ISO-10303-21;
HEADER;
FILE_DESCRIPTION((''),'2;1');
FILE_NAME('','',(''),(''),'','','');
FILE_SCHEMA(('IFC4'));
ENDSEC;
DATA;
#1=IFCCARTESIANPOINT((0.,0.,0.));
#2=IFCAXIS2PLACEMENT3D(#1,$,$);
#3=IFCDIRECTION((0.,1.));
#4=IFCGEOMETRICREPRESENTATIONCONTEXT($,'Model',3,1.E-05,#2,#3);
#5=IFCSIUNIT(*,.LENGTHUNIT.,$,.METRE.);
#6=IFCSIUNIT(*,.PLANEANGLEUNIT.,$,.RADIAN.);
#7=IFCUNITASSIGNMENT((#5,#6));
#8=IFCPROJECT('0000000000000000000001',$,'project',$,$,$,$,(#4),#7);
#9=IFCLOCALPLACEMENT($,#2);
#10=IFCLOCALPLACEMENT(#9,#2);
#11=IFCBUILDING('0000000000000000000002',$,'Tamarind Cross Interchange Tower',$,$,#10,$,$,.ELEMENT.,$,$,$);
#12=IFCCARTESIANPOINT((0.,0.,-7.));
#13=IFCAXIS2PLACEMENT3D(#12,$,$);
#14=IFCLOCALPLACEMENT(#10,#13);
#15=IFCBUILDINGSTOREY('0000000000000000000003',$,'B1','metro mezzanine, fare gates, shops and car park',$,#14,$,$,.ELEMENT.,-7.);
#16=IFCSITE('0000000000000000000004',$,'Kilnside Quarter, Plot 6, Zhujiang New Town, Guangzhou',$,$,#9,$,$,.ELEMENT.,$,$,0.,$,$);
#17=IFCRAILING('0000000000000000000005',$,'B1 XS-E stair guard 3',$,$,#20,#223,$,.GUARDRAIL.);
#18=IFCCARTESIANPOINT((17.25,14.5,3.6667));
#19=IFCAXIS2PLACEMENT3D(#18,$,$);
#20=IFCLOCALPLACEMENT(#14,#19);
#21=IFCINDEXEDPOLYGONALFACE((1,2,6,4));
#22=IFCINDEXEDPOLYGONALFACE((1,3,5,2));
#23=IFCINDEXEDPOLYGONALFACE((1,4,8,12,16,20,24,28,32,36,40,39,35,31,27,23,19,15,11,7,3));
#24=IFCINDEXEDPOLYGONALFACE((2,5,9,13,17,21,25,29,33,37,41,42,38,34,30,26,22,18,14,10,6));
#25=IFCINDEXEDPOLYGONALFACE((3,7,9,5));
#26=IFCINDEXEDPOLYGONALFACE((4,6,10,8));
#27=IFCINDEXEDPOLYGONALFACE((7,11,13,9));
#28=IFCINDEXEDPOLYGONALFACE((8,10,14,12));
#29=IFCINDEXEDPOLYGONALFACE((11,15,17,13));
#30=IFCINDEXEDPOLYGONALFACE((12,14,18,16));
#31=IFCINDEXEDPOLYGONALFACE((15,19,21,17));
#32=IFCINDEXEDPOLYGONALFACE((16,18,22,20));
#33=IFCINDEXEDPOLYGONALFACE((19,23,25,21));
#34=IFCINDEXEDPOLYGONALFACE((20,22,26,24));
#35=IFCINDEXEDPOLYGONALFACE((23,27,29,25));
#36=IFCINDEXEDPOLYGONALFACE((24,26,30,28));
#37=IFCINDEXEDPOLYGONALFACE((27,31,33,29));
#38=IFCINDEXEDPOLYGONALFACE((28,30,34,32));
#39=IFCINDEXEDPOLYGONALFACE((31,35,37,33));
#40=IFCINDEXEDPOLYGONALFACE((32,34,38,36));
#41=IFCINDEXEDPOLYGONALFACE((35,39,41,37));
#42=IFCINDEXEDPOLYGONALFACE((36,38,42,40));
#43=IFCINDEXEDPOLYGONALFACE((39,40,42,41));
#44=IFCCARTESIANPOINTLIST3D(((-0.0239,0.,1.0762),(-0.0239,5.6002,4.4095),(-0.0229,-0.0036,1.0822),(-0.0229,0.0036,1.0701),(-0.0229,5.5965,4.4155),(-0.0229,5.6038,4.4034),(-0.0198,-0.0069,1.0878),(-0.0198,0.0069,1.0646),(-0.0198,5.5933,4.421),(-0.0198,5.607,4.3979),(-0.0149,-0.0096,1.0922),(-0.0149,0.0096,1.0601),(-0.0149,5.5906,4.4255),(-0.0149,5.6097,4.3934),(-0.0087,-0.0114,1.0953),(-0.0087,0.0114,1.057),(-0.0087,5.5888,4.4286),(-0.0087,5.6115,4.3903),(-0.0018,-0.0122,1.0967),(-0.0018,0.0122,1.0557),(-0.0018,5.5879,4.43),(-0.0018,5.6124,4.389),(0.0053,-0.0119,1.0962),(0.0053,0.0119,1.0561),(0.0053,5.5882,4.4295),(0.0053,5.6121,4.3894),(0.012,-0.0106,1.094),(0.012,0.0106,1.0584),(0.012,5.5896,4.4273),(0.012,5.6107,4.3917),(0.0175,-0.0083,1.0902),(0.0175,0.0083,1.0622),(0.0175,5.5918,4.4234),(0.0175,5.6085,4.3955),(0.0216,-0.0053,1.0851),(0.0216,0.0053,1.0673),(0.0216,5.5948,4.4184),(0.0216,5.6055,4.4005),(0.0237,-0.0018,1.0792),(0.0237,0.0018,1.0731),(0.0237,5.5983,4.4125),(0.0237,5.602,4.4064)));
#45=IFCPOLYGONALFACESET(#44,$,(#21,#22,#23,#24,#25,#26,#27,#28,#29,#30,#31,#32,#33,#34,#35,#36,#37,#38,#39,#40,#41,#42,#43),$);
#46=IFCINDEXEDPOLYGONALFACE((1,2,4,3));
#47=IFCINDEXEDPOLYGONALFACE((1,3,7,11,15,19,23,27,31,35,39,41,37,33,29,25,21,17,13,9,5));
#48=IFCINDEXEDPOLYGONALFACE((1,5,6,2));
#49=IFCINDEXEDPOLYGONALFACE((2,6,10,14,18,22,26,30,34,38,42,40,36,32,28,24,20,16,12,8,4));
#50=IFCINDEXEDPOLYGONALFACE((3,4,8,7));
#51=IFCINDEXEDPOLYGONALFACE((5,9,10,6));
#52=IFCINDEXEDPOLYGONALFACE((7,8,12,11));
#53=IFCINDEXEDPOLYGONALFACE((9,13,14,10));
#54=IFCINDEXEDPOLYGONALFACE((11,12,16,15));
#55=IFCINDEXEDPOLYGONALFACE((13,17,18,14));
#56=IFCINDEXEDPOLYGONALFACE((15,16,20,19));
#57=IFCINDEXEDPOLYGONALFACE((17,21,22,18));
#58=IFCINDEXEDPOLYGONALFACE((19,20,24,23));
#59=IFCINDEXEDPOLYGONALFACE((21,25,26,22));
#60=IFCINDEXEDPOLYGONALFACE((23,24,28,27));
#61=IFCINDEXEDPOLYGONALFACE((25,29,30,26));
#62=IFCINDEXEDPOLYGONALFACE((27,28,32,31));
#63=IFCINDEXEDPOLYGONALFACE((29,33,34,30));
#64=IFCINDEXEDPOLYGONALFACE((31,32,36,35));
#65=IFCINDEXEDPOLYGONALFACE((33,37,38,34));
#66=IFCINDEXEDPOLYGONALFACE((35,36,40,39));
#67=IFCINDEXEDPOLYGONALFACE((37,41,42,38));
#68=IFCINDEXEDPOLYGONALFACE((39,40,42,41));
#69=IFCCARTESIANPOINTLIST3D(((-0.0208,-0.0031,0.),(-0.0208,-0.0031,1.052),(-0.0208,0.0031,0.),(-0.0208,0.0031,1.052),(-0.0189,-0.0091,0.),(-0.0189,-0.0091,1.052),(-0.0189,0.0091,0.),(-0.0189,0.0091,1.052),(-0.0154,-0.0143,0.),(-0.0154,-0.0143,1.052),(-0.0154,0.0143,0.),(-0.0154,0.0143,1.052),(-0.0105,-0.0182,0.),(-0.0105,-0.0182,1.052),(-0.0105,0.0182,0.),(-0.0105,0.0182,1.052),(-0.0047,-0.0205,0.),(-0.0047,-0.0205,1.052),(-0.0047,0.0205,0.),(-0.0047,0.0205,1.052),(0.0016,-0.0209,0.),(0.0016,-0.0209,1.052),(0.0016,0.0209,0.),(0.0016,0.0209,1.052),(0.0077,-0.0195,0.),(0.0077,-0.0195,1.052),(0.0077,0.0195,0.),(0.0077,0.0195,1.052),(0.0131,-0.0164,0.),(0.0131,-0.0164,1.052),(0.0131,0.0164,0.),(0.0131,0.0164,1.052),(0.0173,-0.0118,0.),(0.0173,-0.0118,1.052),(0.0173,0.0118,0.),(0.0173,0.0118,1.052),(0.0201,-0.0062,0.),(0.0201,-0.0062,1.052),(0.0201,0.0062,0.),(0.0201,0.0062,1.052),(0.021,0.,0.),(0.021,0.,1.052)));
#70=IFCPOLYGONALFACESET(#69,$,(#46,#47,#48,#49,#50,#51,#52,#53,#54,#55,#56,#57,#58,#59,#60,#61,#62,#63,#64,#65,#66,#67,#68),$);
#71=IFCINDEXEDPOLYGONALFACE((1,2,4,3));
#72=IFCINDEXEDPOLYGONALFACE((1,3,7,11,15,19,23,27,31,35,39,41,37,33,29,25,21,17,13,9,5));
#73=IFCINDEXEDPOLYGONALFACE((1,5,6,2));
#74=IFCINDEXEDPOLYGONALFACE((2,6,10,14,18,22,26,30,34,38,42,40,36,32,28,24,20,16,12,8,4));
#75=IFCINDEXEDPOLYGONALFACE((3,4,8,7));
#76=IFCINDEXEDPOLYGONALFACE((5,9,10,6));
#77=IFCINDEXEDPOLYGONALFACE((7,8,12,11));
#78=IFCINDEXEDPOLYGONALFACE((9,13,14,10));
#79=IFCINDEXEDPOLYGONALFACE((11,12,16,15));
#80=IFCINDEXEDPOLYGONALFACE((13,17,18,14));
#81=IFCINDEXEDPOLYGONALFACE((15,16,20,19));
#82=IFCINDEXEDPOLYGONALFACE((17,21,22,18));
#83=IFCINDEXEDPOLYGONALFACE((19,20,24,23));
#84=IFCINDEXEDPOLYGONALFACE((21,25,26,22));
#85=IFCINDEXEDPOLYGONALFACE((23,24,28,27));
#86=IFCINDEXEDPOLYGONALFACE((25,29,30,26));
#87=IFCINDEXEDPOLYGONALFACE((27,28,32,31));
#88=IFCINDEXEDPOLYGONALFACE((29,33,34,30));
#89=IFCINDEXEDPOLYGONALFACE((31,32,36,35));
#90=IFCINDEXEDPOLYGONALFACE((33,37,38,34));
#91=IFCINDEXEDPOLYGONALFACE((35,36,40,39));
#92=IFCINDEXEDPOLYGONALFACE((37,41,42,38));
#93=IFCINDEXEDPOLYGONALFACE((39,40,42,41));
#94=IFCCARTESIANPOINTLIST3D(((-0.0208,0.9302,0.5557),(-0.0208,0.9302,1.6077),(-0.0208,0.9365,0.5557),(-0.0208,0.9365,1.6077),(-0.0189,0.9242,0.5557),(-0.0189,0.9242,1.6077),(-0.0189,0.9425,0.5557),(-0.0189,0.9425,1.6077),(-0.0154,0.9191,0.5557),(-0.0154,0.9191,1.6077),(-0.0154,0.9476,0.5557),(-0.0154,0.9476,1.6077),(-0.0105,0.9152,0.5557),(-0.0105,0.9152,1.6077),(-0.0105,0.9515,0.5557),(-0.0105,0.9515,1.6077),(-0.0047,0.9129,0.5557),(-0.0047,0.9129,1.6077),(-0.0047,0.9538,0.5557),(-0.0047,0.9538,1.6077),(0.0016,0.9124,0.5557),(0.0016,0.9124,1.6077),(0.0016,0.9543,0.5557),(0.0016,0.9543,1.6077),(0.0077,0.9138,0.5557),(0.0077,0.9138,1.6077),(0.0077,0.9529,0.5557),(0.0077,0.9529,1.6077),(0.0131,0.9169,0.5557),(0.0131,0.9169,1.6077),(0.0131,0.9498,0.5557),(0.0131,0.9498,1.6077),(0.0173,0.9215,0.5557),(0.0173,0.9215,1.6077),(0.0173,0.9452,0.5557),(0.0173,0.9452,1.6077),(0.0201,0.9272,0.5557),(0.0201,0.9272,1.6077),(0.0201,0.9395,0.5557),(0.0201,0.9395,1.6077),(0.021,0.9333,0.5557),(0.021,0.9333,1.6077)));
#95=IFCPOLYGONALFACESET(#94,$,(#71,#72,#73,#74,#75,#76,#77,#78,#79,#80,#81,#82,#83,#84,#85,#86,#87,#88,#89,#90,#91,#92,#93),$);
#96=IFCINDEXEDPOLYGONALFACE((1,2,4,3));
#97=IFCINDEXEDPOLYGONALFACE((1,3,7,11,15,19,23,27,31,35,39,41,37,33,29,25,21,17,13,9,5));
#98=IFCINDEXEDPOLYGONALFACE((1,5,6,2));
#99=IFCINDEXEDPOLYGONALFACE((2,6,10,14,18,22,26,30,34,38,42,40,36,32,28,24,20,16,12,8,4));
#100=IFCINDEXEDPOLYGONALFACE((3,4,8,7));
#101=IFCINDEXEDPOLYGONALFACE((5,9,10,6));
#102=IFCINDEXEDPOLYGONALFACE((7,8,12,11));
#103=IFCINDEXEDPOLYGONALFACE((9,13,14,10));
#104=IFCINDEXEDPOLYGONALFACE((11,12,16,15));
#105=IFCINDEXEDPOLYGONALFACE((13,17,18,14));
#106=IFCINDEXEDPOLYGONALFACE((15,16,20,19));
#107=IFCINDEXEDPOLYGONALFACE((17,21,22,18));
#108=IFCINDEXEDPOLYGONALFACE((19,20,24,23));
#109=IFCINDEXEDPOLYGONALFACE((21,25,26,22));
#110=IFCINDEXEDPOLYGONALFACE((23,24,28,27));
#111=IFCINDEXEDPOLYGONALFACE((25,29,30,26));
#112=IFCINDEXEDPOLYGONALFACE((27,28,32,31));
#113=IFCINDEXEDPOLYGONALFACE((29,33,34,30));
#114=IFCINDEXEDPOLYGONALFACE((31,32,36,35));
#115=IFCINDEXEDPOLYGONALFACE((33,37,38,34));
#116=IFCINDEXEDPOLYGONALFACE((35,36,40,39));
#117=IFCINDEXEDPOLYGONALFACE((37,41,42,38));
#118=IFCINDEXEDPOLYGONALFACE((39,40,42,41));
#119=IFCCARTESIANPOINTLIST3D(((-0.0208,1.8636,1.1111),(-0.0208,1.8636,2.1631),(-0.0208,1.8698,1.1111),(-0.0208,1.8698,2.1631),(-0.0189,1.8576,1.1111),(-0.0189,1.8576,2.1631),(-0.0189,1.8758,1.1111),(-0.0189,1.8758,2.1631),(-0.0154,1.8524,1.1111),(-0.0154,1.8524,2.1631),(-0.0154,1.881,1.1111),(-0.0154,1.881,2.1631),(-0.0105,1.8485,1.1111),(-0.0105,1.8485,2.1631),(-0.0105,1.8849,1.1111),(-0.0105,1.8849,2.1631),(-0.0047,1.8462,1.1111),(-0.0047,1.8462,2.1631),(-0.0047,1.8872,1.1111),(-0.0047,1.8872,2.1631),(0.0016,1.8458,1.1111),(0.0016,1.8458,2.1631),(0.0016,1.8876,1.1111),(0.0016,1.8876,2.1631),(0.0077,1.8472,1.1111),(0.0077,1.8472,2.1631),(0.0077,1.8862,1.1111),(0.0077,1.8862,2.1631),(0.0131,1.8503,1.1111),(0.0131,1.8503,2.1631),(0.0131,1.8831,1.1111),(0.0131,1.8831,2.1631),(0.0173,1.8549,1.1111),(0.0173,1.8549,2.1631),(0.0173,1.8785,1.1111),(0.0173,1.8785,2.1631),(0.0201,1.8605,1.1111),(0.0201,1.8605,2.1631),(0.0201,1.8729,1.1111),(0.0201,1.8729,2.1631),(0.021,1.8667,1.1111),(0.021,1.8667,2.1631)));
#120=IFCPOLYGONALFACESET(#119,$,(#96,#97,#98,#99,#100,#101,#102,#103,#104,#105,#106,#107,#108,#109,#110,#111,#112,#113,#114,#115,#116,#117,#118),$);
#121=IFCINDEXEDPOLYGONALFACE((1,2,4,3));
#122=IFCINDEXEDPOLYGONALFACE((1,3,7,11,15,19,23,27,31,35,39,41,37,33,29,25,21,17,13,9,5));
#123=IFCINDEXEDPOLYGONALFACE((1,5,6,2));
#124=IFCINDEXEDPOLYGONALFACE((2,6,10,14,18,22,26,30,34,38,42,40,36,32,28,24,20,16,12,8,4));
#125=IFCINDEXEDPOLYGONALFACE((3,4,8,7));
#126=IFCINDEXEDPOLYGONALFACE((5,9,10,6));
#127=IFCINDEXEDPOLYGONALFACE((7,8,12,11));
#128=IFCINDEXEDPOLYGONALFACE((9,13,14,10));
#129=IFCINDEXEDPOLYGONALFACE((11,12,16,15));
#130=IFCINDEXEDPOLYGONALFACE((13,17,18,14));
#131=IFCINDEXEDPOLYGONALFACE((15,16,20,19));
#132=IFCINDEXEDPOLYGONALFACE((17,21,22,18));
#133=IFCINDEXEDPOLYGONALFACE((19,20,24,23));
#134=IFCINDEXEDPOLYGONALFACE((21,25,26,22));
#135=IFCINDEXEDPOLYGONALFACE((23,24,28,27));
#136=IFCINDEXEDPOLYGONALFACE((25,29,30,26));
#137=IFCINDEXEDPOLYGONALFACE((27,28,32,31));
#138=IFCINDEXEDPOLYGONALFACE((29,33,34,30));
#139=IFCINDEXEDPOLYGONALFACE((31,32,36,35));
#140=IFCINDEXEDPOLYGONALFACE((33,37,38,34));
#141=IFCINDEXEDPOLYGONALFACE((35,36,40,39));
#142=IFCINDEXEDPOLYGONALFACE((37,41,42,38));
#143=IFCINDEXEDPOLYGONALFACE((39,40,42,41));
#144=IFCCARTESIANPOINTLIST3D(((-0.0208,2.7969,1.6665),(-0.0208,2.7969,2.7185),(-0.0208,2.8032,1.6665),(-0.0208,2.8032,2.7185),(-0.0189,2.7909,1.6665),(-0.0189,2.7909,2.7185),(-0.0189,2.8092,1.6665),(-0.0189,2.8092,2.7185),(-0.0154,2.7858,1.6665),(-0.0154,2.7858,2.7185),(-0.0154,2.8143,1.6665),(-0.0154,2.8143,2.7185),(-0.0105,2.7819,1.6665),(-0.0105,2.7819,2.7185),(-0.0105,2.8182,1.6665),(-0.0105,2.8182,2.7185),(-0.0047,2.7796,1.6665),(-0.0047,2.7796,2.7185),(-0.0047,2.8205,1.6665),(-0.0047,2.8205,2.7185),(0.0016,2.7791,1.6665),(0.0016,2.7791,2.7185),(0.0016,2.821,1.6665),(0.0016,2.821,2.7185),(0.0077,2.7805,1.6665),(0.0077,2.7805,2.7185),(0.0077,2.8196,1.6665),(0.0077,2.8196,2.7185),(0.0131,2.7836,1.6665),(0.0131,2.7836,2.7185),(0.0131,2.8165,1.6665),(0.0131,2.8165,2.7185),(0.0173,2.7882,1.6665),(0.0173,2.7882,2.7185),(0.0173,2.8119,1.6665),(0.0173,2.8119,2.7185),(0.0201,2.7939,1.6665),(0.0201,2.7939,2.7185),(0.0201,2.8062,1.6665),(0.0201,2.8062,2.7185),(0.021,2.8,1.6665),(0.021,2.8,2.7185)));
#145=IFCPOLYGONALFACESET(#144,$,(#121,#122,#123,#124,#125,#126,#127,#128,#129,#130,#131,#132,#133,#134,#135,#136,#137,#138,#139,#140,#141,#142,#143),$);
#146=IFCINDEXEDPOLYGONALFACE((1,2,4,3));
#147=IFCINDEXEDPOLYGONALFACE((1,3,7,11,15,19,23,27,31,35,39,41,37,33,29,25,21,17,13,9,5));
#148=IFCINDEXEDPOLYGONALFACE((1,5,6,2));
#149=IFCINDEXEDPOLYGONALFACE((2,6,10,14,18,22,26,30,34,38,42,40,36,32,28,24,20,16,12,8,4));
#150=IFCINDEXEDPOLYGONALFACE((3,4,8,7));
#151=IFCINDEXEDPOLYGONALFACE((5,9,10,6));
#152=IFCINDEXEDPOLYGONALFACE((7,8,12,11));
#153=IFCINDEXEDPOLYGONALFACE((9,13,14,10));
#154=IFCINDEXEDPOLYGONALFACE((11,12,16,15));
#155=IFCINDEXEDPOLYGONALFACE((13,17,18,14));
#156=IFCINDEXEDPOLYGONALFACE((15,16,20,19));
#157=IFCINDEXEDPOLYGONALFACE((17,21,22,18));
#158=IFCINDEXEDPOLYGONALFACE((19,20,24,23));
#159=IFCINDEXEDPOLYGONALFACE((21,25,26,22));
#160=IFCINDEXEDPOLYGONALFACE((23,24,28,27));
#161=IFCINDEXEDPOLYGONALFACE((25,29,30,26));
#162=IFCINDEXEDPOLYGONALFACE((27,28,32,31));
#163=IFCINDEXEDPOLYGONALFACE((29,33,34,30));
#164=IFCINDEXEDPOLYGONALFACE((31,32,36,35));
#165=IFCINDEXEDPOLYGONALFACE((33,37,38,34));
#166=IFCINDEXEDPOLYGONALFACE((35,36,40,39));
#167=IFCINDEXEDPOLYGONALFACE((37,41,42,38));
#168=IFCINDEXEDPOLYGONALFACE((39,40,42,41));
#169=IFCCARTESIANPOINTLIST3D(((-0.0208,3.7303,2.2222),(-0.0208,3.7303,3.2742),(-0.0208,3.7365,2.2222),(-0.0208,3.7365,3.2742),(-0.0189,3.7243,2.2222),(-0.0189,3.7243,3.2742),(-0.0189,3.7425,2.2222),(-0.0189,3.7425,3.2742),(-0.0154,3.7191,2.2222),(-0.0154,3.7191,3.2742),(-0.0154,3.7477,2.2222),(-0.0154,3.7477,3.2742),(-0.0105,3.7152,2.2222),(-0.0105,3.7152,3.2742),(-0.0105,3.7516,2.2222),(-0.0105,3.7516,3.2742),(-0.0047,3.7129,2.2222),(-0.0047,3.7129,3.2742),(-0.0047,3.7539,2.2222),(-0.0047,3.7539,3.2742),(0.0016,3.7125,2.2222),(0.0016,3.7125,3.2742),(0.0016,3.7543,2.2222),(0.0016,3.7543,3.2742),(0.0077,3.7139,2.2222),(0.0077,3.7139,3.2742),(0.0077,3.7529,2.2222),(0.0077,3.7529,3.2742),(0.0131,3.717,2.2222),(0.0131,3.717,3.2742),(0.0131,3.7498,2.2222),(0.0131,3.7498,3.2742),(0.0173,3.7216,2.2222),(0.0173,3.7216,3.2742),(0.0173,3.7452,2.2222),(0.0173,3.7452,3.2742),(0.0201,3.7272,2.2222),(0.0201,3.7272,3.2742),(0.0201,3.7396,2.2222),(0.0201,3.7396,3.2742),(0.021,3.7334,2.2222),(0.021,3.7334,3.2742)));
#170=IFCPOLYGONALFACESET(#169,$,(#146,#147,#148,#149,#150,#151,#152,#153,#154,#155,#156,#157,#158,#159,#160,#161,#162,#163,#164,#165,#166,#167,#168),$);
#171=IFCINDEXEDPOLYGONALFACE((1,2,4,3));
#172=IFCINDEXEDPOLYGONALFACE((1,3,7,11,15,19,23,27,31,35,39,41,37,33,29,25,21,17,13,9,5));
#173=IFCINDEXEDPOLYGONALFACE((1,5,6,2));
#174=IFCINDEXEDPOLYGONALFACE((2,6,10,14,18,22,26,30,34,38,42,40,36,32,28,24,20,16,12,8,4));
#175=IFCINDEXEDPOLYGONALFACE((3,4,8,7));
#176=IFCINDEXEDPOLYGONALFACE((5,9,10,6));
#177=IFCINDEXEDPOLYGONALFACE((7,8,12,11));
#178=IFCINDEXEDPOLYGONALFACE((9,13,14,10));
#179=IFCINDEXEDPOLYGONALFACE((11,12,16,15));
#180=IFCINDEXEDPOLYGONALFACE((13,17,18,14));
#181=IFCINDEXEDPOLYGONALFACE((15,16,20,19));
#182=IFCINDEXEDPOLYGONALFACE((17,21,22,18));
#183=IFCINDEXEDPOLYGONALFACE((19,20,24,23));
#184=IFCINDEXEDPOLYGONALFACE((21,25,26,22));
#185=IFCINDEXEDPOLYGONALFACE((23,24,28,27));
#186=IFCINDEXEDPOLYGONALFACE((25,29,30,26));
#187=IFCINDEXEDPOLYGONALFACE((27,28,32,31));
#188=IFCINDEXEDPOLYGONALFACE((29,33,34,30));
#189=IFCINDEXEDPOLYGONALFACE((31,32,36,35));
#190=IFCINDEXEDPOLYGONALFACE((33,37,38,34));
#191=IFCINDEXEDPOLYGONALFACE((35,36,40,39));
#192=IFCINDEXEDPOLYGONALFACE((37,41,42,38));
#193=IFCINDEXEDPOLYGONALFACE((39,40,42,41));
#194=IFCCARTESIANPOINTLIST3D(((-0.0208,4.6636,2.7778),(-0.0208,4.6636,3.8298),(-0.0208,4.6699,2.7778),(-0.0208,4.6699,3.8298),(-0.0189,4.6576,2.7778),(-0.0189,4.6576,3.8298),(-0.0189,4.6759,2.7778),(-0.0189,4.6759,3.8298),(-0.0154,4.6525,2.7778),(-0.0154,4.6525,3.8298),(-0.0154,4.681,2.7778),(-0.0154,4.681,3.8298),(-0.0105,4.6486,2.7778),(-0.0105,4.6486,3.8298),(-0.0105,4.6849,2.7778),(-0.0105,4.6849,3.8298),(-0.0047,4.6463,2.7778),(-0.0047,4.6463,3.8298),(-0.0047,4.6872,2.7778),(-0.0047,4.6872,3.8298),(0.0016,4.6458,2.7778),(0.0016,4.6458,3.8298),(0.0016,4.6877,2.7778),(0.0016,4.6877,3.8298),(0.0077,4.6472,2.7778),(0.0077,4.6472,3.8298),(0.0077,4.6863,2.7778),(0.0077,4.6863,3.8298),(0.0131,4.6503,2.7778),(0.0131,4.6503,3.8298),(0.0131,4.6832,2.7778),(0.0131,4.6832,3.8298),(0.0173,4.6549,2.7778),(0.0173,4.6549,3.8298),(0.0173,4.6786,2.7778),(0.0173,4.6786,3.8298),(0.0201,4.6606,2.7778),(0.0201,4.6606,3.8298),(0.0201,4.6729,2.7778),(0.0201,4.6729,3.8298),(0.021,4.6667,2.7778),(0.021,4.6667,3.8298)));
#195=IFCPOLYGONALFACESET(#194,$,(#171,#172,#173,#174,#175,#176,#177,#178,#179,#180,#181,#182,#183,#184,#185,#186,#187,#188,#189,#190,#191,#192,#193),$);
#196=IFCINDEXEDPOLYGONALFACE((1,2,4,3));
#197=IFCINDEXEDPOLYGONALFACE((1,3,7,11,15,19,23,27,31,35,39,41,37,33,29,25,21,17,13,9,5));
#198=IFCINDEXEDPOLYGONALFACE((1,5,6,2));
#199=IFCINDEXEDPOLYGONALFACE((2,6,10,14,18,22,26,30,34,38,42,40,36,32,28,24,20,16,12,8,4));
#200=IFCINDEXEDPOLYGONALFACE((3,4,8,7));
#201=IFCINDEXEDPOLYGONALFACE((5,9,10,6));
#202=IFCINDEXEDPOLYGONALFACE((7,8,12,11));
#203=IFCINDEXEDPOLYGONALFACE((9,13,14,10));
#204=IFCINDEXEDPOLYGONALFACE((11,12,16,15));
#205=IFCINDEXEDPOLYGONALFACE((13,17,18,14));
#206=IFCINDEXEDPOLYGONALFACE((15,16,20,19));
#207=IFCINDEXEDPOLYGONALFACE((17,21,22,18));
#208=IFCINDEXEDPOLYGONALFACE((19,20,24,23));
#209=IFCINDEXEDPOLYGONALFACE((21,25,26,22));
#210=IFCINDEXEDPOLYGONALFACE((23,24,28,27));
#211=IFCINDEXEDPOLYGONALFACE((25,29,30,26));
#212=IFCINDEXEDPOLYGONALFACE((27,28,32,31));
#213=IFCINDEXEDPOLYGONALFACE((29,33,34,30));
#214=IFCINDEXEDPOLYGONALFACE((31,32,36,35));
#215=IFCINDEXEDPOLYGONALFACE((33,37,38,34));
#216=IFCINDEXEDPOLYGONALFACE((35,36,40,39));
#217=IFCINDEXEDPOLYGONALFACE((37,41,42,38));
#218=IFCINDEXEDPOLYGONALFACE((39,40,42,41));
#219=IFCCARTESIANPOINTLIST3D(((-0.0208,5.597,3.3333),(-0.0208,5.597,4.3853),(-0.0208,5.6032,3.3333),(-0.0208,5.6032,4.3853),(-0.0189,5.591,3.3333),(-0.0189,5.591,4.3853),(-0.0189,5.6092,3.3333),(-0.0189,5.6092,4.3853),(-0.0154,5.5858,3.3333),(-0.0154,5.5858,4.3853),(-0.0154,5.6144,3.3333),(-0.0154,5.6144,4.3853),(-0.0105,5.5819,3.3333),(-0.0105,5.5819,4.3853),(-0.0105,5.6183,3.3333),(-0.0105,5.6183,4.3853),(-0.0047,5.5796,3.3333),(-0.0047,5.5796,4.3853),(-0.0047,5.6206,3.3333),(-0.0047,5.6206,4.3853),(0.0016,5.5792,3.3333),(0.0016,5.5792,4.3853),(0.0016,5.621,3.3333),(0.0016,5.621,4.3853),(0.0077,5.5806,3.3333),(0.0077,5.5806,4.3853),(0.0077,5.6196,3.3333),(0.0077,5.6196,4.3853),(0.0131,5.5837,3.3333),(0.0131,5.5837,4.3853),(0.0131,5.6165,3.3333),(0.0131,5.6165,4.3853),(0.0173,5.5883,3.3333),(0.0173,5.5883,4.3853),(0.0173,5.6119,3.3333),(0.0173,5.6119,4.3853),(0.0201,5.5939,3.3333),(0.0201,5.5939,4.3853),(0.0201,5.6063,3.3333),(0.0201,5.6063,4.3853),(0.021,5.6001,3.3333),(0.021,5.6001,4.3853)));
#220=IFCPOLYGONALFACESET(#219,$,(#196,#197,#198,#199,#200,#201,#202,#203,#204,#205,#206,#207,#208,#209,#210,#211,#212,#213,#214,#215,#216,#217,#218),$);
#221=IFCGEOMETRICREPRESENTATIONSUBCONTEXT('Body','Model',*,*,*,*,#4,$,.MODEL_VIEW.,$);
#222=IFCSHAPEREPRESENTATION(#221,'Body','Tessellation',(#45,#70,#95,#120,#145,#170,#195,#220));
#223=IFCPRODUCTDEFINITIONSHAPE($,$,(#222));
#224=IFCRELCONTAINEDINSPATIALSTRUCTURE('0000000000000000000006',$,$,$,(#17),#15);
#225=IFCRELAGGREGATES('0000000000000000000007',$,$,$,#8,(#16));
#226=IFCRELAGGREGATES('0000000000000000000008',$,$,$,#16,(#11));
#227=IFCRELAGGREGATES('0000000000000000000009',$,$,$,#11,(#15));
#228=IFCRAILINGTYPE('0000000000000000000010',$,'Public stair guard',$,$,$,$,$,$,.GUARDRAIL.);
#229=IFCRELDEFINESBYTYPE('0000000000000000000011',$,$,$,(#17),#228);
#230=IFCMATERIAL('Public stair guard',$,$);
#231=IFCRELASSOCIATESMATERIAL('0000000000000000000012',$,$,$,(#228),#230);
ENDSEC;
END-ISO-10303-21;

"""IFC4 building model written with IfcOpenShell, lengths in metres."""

from ifc_helpers import new_model, si_unit, direction, frame, origin, origin_2d, place, context, subcontext, project, spatial, circle, extrude, material, type_object, element, save


model = new_model("IFC4")

# Units and contexts
model_context = context("Model", 3, precision=1e-05, world=origin(), true_north=direction((0.0, 1.0)))
body_context = subcontext(model_context, "Body", "Model", "MODEL_VIEW")
ifc_project = project(units=[si_unit("LENGTHUNIT", "METRE"), si_unit("PLANEANGLEUNIT", "RADIAN")], contexts=[model_context])

# Site, building, storey
site_placement = place(None, origin())
site = spatial("IfcSite", under=ifc_project, at=site_placement, Name="Kilnside Quarter, Plot 6, Zhujiang New Town, Guangzhou", CompositionType="ELEMENT", RefElevation=0.0)
building_placement = place(site_placement, origin())
building = spatial("IfcBuilding", under=site, at=building_placement, Name="Tamarind Cross Interchange Tower", CompositionType="ELEMENT")
storey_placement = place(building_placement, frame((0.0, 0.0, -7.0)))
storey = spatial("IfcBuildingStorey", under=building, at=storey_placement, Name="B1", Description="metro mezzanine, fare gates, shops and car park", CompositionType="ELEMENT", Elevation=-7.0)

# Railing
ifc_material_1 = material(Name="Public stair guard")
railing_type_1 = type_object("IfcRailingType", Name="Public stair guard", PredefinedType="GUARDRAIL", material=ifc_material_1)
railing_1_placement = place(storey_placement, frame((17.25, 14.5, 3.6667)))
element("IfcRailing", 1, at=railing_1_placement, inside=storey, type_object=railing_type_1, Name="B1 XS-E stair guard 3", PredefinedType="GUARDRAIL", context=body_context, shape_type="SweptSolid", body=[
    extrude(circle(Radius=0.0239, at=origin_2d()), frame((0.0, 0.0, 1.0762), z_axis=(0.0, 0.859302, 0.511468), x_axis=(-1.0, 0.0, 0.0)), (0.0, 0.0, 1.0), 6.5171),
    extrude(circle(Radius=0.021, at=origin_2d()), origin(), (0.0, 0.0, 1.0), 1.052),
    extrude(circle(Radius=0.021, at=origin_2d()), frame((0.0, 0.9333, 0.5557)), (0.0, 0.0, 1.0), 1.052),
    extrude(circle(Radius=0.021, at=origin_2d()), frame((0.0, 1.8667, 1.1111)), (0.0, 0.0, 1.0), 1.052),
    extrude(circle(Radius=0.021, at=origin_2d()), frame((0.0, 2.8, 1.6665)), (0.0, 0.0, 1.0), 1.052),
    extrude(circle(Radius=0.021, at=origin_2d()), frame((0.0, 3.7334, 2.2222)), (0.0, 0.0, 1.0), 1.052),
    extrude(circle(Radius=0.021, at=origin_2d()), frame((0.0, 4.6667, 2.7778)), (0.0, 0.0, 1.0), 1.052),
    extrude(circle(Radius=0.021, at=origin_2d()), frame((0.0, 5.6001, 3.3333)), (0.0, 0.0, 1.0), 1.052),
])

save(model, "model.ifc")
